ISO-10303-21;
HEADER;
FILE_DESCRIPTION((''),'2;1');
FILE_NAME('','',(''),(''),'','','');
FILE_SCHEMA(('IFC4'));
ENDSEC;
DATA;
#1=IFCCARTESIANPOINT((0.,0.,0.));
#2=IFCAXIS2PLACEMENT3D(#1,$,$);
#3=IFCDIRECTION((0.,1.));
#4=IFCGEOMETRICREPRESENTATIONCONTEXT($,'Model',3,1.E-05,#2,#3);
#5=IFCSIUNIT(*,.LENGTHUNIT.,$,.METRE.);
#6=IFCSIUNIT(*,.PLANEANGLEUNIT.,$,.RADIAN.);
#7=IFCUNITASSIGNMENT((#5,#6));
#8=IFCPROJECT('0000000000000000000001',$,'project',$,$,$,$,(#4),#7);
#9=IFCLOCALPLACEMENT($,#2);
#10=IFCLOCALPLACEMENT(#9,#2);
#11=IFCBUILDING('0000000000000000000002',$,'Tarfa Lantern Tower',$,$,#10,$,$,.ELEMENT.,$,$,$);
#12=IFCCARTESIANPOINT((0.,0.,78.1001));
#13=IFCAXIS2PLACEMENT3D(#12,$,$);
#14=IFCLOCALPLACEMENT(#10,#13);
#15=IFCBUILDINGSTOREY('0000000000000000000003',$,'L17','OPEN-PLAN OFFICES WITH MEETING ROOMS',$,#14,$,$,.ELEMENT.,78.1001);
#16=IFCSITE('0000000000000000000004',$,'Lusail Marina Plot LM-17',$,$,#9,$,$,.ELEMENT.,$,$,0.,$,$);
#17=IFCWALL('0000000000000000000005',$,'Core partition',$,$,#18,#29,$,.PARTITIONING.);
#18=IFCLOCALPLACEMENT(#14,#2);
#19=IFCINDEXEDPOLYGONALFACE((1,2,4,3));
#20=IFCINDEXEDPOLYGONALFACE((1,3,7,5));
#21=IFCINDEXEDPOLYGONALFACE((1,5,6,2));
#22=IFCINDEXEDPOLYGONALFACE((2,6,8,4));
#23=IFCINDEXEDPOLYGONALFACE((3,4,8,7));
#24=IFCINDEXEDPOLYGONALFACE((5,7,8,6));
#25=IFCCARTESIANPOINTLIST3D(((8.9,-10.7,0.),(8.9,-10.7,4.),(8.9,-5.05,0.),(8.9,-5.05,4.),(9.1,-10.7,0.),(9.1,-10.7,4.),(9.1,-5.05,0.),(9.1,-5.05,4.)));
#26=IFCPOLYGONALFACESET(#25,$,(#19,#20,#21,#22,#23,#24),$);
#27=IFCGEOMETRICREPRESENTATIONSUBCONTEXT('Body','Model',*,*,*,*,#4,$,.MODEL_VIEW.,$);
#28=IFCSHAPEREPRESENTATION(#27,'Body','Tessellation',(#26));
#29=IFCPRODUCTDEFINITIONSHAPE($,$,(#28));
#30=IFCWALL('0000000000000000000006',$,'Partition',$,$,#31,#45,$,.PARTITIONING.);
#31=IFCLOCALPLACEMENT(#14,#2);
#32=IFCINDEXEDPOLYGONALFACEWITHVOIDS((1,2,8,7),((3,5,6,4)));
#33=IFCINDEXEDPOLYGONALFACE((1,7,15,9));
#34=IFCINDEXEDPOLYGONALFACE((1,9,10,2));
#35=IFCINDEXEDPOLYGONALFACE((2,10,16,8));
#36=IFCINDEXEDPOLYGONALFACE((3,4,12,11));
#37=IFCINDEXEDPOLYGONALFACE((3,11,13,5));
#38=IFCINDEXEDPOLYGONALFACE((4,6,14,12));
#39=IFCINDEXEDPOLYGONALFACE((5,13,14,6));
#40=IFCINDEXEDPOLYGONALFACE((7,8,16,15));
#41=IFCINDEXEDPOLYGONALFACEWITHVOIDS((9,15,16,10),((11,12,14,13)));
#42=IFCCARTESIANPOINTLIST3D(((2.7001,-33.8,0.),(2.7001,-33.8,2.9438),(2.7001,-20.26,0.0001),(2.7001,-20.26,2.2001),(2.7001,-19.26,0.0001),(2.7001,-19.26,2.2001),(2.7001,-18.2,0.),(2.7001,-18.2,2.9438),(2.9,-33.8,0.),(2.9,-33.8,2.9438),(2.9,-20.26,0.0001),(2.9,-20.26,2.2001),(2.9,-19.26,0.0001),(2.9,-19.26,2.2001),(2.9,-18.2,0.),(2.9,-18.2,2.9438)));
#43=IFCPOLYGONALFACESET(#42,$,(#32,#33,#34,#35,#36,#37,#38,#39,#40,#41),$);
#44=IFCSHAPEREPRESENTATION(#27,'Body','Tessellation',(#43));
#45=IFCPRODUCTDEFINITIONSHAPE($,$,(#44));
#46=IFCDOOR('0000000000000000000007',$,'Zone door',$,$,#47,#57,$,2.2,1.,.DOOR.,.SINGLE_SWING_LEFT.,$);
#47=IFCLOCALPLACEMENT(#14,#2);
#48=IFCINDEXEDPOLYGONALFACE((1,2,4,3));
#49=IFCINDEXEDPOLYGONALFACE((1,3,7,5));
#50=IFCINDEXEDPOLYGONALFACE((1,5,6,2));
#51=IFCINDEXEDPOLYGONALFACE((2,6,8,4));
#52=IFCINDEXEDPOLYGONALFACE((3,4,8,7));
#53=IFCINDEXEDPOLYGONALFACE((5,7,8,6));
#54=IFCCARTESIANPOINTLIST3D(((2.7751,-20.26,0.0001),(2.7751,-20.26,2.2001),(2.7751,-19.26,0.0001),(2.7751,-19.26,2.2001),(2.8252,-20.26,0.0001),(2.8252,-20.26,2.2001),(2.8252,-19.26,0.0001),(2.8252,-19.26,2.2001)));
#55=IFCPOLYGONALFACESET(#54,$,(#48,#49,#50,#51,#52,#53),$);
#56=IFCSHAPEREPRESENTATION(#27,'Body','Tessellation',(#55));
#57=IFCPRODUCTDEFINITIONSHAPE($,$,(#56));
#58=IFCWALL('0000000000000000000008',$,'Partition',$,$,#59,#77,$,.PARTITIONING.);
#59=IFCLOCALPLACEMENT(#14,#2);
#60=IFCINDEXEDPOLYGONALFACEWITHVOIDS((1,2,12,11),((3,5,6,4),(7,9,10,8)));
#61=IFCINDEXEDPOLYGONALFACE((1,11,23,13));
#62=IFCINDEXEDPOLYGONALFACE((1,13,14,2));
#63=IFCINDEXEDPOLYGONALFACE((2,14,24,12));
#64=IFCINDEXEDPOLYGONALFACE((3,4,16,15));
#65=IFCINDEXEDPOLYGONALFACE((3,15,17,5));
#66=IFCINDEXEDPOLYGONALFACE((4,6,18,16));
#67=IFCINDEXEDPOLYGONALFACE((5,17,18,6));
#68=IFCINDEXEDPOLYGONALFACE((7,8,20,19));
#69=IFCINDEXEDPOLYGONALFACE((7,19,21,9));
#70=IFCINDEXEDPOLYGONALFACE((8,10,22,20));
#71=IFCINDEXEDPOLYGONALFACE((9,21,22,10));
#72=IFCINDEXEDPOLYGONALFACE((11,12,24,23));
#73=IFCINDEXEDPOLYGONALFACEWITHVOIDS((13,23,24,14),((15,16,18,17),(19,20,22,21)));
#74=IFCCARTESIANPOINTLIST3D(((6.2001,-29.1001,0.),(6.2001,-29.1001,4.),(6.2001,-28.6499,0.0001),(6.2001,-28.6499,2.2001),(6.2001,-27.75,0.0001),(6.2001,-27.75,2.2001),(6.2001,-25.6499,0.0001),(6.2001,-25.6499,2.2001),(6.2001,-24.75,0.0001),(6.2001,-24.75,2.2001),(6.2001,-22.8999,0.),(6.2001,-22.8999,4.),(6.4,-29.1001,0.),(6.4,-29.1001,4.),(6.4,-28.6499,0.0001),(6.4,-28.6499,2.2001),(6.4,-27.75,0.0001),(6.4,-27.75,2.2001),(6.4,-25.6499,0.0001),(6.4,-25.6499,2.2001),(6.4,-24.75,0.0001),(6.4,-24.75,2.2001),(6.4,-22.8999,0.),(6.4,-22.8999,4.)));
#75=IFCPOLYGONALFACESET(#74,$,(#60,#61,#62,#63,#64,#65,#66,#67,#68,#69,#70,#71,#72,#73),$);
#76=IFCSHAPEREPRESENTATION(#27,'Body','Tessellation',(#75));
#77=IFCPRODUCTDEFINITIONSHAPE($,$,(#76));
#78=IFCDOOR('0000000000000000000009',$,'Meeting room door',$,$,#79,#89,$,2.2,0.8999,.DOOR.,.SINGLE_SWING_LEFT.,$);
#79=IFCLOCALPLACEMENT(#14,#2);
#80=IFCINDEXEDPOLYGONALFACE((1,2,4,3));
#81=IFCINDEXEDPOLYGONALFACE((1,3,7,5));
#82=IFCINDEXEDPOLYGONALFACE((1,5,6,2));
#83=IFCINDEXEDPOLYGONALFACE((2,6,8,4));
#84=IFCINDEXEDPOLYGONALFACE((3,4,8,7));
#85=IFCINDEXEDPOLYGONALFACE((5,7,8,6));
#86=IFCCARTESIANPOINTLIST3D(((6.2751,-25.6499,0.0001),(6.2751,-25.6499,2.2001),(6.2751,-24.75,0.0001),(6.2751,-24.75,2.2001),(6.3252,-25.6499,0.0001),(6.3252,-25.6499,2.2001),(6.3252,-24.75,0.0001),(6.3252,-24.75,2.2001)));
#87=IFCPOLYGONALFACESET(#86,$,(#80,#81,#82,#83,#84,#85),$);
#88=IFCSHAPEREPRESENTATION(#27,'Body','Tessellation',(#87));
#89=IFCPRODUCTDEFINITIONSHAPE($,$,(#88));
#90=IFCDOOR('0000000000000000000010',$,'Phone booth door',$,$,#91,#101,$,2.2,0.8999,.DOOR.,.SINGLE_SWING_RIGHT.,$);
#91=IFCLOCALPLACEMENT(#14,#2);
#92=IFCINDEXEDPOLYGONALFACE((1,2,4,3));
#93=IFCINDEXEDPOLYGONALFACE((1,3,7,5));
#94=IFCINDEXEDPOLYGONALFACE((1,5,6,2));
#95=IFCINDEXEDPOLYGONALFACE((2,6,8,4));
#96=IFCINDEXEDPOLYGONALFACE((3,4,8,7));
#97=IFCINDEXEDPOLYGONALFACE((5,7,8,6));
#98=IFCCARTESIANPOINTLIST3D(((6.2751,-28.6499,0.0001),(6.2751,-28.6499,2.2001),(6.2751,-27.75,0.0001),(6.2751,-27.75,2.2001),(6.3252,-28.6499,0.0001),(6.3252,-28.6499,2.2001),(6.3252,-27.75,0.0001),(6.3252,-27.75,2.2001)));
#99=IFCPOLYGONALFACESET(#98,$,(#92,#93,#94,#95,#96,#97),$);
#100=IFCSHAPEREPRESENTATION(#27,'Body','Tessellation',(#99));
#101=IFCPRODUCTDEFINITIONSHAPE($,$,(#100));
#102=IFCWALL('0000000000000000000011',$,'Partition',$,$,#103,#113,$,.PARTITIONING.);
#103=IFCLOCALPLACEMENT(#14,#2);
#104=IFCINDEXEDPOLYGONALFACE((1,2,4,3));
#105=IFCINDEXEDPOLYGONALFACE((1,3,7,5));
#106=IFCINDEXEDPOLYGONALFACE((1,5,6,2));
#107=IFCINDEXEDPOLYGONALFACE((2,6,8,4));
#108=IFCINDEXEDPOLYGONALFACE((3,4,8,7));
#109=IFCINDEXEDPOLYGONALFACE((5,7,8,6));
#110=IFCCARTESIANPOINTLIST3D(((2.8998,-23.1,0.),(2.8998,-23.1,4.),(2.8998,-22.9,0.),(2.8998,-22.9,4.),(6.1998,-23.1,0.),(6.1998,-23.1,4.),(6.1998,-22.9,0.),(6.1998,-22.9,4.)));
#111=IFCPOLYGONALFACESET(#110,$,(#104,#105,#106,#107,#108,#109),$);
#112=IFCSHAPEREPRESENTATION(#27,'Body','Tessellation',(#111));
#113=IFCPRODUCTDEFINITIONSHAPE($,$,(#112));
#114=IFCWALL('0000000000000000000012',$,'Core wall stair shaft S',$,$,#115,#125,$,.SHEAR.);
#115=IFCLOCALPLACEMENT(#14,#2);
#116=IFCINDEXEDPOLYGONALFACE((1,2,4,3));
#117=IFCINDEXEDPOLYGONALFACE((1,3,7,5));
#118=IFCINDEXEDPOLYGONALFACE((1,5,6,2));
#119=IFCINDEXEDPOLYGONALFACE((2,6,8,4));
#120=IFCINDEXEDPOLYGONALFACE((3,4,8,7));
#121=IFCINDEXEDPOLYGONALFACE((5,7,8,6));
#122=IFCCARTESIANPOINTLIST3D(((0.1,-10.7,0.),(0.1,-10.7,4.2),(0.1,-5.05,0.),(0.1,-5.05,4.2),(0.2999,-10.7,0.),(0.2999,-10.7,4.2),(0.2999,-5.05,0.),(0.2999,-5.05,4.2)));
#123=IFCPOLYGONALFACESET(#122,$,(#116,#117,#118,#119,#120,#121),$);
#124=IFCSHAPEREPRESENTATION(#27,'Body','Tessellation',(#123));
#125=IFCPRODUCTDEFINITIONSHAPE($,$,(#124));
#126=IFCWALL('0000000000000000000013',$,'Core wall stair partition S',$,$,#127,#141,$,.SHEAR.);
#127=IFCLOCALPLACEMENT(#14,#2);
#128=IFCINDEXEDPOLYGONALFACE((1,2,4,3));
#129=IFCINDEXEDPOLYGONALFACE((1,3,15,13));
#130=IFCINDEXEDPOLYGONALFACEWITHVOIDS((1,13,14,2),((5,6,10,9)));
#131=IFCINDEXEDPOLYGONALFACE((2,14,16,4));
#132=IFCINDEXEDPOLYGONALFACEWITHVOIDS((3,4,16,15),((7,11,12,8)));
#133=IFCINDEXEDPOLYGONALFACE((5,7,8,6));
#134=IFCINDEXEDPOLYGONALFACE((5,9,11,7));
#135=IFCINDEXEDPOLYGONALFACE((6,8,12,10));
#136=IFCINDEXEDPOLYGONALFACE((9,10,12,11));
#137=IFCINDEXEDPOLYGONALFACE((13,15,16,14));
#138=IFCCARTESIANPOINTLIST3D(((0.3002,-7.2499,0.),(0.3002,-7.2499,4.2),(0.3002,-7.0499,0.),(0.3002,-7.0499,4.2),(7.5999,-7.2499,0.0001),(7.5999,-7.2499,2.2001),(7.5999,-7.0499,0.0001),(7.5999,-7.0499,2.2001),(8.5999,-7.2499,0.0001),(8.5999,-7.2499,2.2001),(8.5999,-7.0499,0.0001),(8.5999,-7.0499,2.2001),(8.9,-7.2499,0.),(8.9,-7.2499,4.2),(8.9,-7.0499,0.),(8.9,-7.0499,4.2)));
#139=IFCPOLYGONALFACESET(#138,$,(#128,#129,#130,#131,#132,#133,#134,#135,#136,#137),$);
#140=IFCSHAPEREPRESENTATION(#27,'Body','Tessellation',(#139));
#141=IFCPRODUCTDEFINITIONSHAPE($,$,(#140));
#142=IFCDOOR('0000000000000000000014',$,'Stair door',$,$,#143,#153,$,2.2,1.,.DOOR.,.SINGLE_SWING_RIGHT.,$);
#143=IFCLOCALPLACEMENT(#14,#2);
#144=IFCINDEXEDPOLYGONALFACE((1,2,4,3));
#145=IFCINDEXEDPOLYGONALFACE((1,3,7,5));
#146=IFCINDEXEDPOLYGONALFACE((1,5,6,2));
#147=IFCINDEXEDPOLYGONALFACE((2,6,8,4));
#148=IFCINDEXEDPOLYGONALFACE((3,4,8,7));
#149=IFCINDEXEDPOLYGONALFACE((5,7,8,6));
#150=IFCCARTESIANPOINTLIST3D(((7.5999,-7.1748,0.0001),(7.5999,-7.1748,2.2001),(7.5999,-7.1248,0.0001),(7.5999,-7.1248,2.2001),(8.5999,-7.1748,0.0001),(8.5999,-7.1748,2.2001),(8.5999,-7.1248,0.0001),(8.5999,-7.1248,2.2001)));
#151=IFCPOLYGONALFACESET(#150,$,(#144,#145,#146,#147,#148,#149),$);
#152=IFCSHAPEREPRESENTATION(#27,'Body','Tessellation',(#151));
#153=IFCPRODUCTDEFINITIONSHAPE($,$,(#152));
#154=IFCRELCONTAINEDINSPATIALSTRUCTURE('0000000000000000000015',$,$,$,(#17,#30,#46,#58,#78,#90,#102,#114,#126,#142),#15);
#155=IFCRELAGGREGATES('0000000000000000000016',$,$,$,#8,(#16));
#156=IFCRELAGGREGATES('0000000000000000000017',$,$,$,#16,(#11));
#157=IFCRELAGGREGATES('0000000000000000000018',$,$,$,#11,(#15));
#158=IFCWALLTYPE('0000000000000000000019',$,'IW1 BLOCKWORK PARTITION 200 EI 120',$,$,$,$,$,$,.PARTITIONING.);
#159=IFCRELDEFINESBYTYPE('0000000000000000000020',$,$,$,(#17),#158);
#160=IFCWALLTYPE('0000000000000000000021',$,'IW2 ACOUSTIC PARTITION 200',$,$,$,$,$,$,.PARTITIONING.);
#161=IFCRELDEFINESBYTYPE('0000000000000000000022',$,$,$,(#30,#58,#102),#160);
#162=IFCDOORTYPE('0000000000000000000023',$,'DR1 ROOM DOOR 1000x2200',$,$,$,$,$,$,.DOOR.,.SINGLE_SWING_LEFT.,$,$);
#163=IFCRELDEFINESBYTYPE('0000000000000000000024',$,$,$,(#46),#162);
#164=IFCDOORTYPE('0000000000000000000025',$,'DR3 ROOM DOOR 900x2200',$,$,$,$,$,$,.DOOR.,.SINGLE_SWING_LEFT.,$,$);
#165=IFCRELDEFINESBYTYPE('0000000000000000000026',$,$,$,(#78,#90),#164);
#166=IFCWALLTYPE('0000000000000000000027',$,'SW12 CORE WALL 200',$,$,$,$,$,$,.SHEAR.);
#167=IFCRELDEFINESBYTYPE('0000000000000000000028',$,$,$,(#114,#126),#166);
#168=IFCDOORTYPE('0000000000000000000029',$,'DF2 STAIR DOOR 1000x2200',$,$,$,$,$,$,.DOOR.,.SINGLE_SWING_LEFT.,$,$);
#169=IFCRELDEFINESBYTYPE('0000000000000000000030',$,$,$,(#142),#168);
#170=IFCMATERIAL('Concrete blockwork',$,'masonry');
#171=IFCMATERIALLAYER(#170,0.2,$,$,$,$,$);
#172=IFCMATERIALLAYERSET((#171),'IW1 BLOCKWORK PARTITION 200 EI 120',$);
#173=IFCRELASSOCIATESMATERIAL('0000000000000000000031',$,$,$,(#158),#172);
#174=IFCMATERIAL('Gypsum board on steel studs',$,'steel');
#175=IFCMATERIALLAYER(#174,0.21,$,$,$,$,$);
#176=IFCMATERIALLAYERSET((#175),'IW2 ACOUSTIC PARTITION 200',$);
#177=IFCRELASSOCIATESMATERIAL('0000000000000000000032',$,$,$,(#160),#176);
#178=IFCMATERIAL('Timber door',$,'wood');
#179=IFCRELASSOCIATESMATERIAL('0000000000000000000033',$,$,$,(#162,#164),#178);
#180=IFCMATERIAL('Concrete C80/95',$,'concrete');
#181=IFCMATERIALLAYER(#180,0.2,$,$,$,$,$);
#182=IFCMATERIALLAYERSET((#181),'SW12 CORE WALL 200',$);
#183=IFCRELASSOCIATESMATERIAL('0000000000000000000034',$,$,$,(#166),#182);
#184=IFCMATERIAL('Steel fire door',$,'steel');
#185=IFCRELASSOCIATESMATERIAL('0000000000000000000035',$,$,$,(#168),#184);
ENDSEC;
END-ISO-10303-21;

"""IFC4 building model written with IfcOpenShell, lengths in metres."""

from ifc_helpers import new_model, si_unit, direction, frame, frame_2d, origin, place, context, subcontext, project, spatial, rectangle, extrude, material, layer, layer_set, type_object, element, fill, save


model = new_model("IFC4")

# Units and contexts
model_context = context("Model", 3, precision=1e-05, world=origin(), true_north=direction((0.0, 1.0)))
body_context = subcontext(model_context, "Body", "Model", "MODEL_VIEW")
ifc_project = project(units=[si_unit("LENGTHUNIT", "METRE"), si_unit("PLANEANGLEUNIT", "RADIAN")], contexts=[model_context])

# Site, building, storey
site_placement = place(None, origin())
site = spatial("IfcSite", under=ifc_project, at=site_placement, Name="Lusail Marina Plot LM-17", CompositionType="ELEMENT", RefElevation=0.0)
building_placement = place(site_placement, origin())
building = spatial("IfcBuilding", under=site, at=building_placement, Name="Tarfa Lantern Tower", CompositionType="ELEMENT")
storey_placement = place(building_placement, frame((0.0, 0.0, 78.1001)))
storey = spatial("IfcBuildingStorey", under=building, at=storey_placement, Name="L17", Description="OPEN-PLAN OFFICES WITH MEETING ROOMS", CompositionType="ELEMENT", Elevation=78.1001)

# Wall
ifc_material_1 = material(Name="Concrete blockwork", Category="masonry")
ifc_layer_1 = layer(ifc_material_1, 0.2)
ifc_layer_set_1 = layer_set([ifc_layer_1], Name="IW1 BLOCKWORK PARTITION 200 EI 120")
wall_type_1 = type_object("IfcWallType", Name="IW1 BLOCKWORK PARTITION 200 EI 120", PredefinedType="PARTITIONING", material=ifc_layer_set_1)
wall_1_placement = place(storey_placement, frame((9.0, -5.05, 0.0), z_axis=(0.0, 0.0, 1.0), x_axis=(0.0, -1.0, 0.0)))
element("IfcWall", 1, at=wall_1_placement, inside=storey, type_object=wall_type_1, Name="Core partition", PredefinedType="PARTITIONING", context=body_context, shape_type="SweptSolid", body=[
    extrude(rectangle(XDim=5.6499, YDim=0.2, at=frame_2d((2.825, 0.0))), origin(), (0.0, 0.0, 1.0), 4.0),
])

# Wall, opening, door
ifc_material_2 = material(Name="Gypsum board on steel studs", Category="steel")
ifc_layer_2 = layer(ifc_material_2, 0.21)
ifc_layer_set_2 = layer_set([ifc_layer_2], Name="IW2 ACOUSTIC PARTITION 200")
wall_type_2 = type_object("IfcWallType", Name="IW2 ACOUSTIC PARTITION 200", PredefinedType="PARTITIONING", material=ifc_layer_set_2)
wall_2_placement = place(storey_placement, frame((2.8, -18.2, 0.0), z_axis=(0.0, 0.0, 1.0), x_axis=(0.0, -1.0, 0.0)))
wall_2 = element("IfcWall", 2, at=wall_2_placement, inside=storey, type_object=wall_type_2, Name="Partition", PredefinedType="PARTITIONING", context=body_context, shape_type="SweptSolid", body=[
    extrude(rectangle(XDim=15.6001, YDim=0.2, at=frame_2d((7.8, 0.0))), origin(), (0.0, 0.0, 1.0), 2.9438),
])
opening_1_placement = place(wall_2_placement, frame((1.0601, 0.0, 0.0)))
opening_1 = element("IfcOpeningElement", 3, at=opening_1_placement, cuts=wall_2, PredefinedType="OPENING", context=body_context, shape_type="SweptSolid", body=[
    extrude(rectangle(XDim=1.0, YDim=2.2, at=frame_2d((0.5, 1.1001))), frame((0.0, 0.1099, 0.0), z_axis=(0.0, -1.0, 0.0), x_axis=(1.0, 0.0, 0.0)), (0.0, 0.0, 1.0), 0.22),
])
ifc_material_3 = material(Name="Timber door", Category="wood")
door_type_1 = type_object("IfcDoorType", Name="DR1 ROOM DOOR 1000x2200", OperationType="SINGLE_SWING_LEFT", PredefinedType="DOOR", material=ifc_material_3)
door_1_placement = place(opening_1_placement, frame((1.0, 0.0, 0.0), z_axis=(0.0, 0.0, 1.0), x_axis=(-1.0, 0.0, 0.0)))
door_1 = element("IfcDoor", 4, at=door_1_placement, inside=storey, type_object=door_type_1, Name="Zone door", OperationType="SINGLE_SWING_LEFT", OverallHeight=2.2, OverallWidth=1.0, PredefinedType="DOOR", context=body_context, shape_type="SweptSolid", body=[
    extrude(rectangle(XDim=1.0, YDim=2.2, at=frame_2d((0.5, 1.1001))), frame((0.0, 0.0249, 0.0), z_axis=(0.0, -1.0, 0.0), x_axis=(1.0, 0.0, 0.0)), (0.0, 0.0, 1.0), 0.05),
])
fill(opening_1, door_1)

# Wall, openings, doors
wall_3_placement = place(storey_placement, frame((6.3, -22.8999, 0.0), z_axis=(0.0, 0.0, 1.0), x_axis=(0.0, -1.0, 0.0)))
wall_3 = element("IfcWall", 5, at=wall_3_placement, inside=storey, type_object=wall_type_2, Name="Partition", PredefinedType="PARTITIONING", context=body_context, shape_type="SweptSolid", body=[
    extrude(rectangle(XDim=6.2002, YDim=0.2, at=frame_2d((3.1001, 0.0))), origin(), (0.0, 0.0, 1.0), 4.0),
])
opening_2_placement = place(wall_3_placement, frame((1.8501, 0.0, 0.0)))
opening_2 = element("IfcOpeningElement", 6, at=opening_2_placement, cuts=wall_3, PredefinedType="OPENING", context=body_context, shape_type="SweptSolid", body=[
    extrude(rectangle(XDim=0.8999, YDim=2.2, at=frame_2d((0.45, 1.1001))), frame((0.0, 0.1099, 0.0), z_axis=(0.0, -1.0, 0.0), x_axis=(1.0, 0.0, 0.0)), (0.0, 0.0, 1.0), 0.22),
])
opening_3_placement = place(wall_3_placement, frame((4.8501, 0.0, 0.0)))
opening_3 = element("IfcOpeningElement", 7, at=opening_3_placement, cuts=wall_3, PredefinedType="OPENING", context=body_context, shape_type="SweptSolid", body=[
    extrude(rectangle(XDim=0.8999, YDim=2.2, at=frame_2d((0.45, 1.1001))), frame((0.0, 0.1099, 0.0), z_axis=(0.0, -1.0, 0.0), x_axis=(1.0, 0.0, 0.0)), (0.0, 0.0, 1.0), 0.22),
])
door_type_2 = type_object("IfcDoorType", Name="DR3 ROOM DOOR 900x2200", OperationType="SINGLE_SWING_LEFT", PredefinedType="DOOR", material=ifc_material_3)
door_2_placement = place(opening_2_placement, frame((0.8999, 0.0, 0.0), z_axis=(0.0, 0.0, 1.0), x_axis=(-1.0, 0.0, 0.0)))
door_2 = element("IfcDoor", 8, at=door_2_placement, inside=storey, type_object=door_type_2, Name="Meeting room door", OperationType="SINGLE_SWING_LEFT", OverallHeight=2.2, OverallWidth=0.8999, PredefinedType="DOOR", context=body_context, shape_type="SweptSolid", body=[
    extrude(rectangle(XDim=0.8999, YDim=2.2, at=frame_2d((0.45, 1.1001))), frame((0.0, 0.0249, 0.0), z_axis=(0.0, -1.0, 0.0), x_axis=(1.0, 0.0, 0.0)), (0.0, 0.0, 1.0), 0.05),
])
fill(opening_2, door_2)
door_3_placement = place(opening_3_placement, frame((0.8999, 0.0, 0.0), z_axis=(0.0, 0.0, 1.0), x_axis=(-1.0, 0.0, 0.0)))
door_3 = element("IfcDoor", 9, at=door_3_placement, inside=storey, type_object=door_type_2, Name="Phone booth door", OperationType="SINGLE_SWING_RIGHT", OverallHeight=2.2, OverallWidth=0.8999, PredefinedType="DOOR", context=body_context, shape_type="SweptSolid", body=[
    extrude(rectangle(XDim=0.8999, YDim=2.2, at=frame_2d((0.45, 1.1001))), frame((0.0, 0.0249, 0.0), z_axis=(0.0, -1.0, 0.0), x_axis=(1.0, 0.0, 0.0)), (0.0, 0.0, 1.0), 0.05),
])
fill(opening_3, door_3)

# Walls
wall_4_placement = place(storey_placement, frame((2.8999, -23.0, 0.0), z_axis=(0.0, 0.0, 1.0), x_axis=(1.0, 0.0, 0.0)))
element("IfcWall", 10, at=wall_4_placement, inside=storey, type_object=wall_type_2, Name="Partition", PredefinedType="PARTITIONING", context=body_context, shape_type="SweptSolid", body=[
    extrude(rectangle(XDim=3.3, YDim=0.2, at=frame_2d((1.6499, 0.0))), origin(), (0.0, 0.0, 1.0), 4.0),
])
ifc_material_4 = material(Name="Concrete C80/95", Category="concrete")
ifc_layer_3 = layer(ifc_material_4, 0.2)
ifc_layer_set_3 = layer_set([ifc_layer_3], Name="SW12 CORE WALL 200")
wall_type_3 = type_object("IfcWallType", Name="SW12 CORE WALL 200", PredefinedType="SHEAR", material=ifc_layer_set_3)
wall_5_placement = place(storey_placement, frame((0.2, -5.05, 0.0), z_axis=(0.0, 0.0, 1.0), x_axis=(0.0, -1.0, 0.0)))
element("IfcWall", 11, at=wall_5_placement, inside=storey, type_object=wall_type_3, Name="Core wall stair shaft S", PredefinedType="SHEAR", context=body_context, shape_type="SweptSolid", body=[
    extrude(rectangle(XDim=5.6499, YDim=0.2, at=frame_2d((2.825, 0.0))), origin(), (0.0, 0.0, 1.0), 4.2),
])

# Wall, opening, door
wall_6_placement = place(storey_placement, frame((8.8999, -7.1499, 0.0), z_axis=(0.0, 0.0, 1.0), x_axis=(-1.0, 0.0, 0.0)))
wall_6 = element("IfcWall", 12, at=wall_6_placement, inside=storey, type_object=wall_type_3, Name="Core wall stair partition S", PredefinedType="SHEAR", context=body_context, shape_type="SweptSolid", body=[
    extrude(rectangle(XDim=8.5999, YDim=0.2, at=frame_2d((4.2998, 0.0))), origin(), (0.0, 0.0, 1.0), 4.2),
])
opening_4_placement = place(wall_6_placement, frame((0.3, 0.0, 0.0)))
opening_4 = element("IfcOpeningElement", 13, at=opening_4_placement, cuts=wall_6, PredefinedType="OPENING", context=body_context, shape_type="SweptSolid", body=[
    extrude(rectangle(XDim=1.0, YDim=2.2, at=frame_2d((0.5, 1.1001))), frame((0.0, 0.1099, 0.0), z_axis=(0.0, -1.0, 0.0), x_axis=(1.0, 0.0, 0.0)), (0.0, 0.0, 1.0), 0.22),
])
ifc_material_5 = material(Name="Steel fire door", Category="steel")
door_type_3 = type_object("IfcDoorType", Name="DF2 STAIR DOOR 1000x2200", OperationType="SINGLE_SWING_LEFT", PredefinedType="DOOR", material=ifc_material_5)
door_4_placement = place(opening_4_placement, origin())
door_4 = element("IfcDoor", 14, at=door_4_placement, inside=storey, type_object=door_type_3, Name="Stair door", OperationType="SINGLE_SWING_RIGHT", OverallHeight=2.2, OverallWidth=1.0, PredefinedType="DOOR", context=body_context, shape_type="SweptSolid", body=[
    extrude(rectangle(XDim=1.0, YDim=2.2, at=frame_2d((0.5, 1.1001))), frame((0.0, 0.0249, 0.0), z_axis=(0.0, -1.0, 0.0), x_axis=(1.0, 0.0, 0.0)), (0.0, 0.0, 1.0), 0.05),
])
fill(opening_4, door_4)

save(model, "model.ifc")
